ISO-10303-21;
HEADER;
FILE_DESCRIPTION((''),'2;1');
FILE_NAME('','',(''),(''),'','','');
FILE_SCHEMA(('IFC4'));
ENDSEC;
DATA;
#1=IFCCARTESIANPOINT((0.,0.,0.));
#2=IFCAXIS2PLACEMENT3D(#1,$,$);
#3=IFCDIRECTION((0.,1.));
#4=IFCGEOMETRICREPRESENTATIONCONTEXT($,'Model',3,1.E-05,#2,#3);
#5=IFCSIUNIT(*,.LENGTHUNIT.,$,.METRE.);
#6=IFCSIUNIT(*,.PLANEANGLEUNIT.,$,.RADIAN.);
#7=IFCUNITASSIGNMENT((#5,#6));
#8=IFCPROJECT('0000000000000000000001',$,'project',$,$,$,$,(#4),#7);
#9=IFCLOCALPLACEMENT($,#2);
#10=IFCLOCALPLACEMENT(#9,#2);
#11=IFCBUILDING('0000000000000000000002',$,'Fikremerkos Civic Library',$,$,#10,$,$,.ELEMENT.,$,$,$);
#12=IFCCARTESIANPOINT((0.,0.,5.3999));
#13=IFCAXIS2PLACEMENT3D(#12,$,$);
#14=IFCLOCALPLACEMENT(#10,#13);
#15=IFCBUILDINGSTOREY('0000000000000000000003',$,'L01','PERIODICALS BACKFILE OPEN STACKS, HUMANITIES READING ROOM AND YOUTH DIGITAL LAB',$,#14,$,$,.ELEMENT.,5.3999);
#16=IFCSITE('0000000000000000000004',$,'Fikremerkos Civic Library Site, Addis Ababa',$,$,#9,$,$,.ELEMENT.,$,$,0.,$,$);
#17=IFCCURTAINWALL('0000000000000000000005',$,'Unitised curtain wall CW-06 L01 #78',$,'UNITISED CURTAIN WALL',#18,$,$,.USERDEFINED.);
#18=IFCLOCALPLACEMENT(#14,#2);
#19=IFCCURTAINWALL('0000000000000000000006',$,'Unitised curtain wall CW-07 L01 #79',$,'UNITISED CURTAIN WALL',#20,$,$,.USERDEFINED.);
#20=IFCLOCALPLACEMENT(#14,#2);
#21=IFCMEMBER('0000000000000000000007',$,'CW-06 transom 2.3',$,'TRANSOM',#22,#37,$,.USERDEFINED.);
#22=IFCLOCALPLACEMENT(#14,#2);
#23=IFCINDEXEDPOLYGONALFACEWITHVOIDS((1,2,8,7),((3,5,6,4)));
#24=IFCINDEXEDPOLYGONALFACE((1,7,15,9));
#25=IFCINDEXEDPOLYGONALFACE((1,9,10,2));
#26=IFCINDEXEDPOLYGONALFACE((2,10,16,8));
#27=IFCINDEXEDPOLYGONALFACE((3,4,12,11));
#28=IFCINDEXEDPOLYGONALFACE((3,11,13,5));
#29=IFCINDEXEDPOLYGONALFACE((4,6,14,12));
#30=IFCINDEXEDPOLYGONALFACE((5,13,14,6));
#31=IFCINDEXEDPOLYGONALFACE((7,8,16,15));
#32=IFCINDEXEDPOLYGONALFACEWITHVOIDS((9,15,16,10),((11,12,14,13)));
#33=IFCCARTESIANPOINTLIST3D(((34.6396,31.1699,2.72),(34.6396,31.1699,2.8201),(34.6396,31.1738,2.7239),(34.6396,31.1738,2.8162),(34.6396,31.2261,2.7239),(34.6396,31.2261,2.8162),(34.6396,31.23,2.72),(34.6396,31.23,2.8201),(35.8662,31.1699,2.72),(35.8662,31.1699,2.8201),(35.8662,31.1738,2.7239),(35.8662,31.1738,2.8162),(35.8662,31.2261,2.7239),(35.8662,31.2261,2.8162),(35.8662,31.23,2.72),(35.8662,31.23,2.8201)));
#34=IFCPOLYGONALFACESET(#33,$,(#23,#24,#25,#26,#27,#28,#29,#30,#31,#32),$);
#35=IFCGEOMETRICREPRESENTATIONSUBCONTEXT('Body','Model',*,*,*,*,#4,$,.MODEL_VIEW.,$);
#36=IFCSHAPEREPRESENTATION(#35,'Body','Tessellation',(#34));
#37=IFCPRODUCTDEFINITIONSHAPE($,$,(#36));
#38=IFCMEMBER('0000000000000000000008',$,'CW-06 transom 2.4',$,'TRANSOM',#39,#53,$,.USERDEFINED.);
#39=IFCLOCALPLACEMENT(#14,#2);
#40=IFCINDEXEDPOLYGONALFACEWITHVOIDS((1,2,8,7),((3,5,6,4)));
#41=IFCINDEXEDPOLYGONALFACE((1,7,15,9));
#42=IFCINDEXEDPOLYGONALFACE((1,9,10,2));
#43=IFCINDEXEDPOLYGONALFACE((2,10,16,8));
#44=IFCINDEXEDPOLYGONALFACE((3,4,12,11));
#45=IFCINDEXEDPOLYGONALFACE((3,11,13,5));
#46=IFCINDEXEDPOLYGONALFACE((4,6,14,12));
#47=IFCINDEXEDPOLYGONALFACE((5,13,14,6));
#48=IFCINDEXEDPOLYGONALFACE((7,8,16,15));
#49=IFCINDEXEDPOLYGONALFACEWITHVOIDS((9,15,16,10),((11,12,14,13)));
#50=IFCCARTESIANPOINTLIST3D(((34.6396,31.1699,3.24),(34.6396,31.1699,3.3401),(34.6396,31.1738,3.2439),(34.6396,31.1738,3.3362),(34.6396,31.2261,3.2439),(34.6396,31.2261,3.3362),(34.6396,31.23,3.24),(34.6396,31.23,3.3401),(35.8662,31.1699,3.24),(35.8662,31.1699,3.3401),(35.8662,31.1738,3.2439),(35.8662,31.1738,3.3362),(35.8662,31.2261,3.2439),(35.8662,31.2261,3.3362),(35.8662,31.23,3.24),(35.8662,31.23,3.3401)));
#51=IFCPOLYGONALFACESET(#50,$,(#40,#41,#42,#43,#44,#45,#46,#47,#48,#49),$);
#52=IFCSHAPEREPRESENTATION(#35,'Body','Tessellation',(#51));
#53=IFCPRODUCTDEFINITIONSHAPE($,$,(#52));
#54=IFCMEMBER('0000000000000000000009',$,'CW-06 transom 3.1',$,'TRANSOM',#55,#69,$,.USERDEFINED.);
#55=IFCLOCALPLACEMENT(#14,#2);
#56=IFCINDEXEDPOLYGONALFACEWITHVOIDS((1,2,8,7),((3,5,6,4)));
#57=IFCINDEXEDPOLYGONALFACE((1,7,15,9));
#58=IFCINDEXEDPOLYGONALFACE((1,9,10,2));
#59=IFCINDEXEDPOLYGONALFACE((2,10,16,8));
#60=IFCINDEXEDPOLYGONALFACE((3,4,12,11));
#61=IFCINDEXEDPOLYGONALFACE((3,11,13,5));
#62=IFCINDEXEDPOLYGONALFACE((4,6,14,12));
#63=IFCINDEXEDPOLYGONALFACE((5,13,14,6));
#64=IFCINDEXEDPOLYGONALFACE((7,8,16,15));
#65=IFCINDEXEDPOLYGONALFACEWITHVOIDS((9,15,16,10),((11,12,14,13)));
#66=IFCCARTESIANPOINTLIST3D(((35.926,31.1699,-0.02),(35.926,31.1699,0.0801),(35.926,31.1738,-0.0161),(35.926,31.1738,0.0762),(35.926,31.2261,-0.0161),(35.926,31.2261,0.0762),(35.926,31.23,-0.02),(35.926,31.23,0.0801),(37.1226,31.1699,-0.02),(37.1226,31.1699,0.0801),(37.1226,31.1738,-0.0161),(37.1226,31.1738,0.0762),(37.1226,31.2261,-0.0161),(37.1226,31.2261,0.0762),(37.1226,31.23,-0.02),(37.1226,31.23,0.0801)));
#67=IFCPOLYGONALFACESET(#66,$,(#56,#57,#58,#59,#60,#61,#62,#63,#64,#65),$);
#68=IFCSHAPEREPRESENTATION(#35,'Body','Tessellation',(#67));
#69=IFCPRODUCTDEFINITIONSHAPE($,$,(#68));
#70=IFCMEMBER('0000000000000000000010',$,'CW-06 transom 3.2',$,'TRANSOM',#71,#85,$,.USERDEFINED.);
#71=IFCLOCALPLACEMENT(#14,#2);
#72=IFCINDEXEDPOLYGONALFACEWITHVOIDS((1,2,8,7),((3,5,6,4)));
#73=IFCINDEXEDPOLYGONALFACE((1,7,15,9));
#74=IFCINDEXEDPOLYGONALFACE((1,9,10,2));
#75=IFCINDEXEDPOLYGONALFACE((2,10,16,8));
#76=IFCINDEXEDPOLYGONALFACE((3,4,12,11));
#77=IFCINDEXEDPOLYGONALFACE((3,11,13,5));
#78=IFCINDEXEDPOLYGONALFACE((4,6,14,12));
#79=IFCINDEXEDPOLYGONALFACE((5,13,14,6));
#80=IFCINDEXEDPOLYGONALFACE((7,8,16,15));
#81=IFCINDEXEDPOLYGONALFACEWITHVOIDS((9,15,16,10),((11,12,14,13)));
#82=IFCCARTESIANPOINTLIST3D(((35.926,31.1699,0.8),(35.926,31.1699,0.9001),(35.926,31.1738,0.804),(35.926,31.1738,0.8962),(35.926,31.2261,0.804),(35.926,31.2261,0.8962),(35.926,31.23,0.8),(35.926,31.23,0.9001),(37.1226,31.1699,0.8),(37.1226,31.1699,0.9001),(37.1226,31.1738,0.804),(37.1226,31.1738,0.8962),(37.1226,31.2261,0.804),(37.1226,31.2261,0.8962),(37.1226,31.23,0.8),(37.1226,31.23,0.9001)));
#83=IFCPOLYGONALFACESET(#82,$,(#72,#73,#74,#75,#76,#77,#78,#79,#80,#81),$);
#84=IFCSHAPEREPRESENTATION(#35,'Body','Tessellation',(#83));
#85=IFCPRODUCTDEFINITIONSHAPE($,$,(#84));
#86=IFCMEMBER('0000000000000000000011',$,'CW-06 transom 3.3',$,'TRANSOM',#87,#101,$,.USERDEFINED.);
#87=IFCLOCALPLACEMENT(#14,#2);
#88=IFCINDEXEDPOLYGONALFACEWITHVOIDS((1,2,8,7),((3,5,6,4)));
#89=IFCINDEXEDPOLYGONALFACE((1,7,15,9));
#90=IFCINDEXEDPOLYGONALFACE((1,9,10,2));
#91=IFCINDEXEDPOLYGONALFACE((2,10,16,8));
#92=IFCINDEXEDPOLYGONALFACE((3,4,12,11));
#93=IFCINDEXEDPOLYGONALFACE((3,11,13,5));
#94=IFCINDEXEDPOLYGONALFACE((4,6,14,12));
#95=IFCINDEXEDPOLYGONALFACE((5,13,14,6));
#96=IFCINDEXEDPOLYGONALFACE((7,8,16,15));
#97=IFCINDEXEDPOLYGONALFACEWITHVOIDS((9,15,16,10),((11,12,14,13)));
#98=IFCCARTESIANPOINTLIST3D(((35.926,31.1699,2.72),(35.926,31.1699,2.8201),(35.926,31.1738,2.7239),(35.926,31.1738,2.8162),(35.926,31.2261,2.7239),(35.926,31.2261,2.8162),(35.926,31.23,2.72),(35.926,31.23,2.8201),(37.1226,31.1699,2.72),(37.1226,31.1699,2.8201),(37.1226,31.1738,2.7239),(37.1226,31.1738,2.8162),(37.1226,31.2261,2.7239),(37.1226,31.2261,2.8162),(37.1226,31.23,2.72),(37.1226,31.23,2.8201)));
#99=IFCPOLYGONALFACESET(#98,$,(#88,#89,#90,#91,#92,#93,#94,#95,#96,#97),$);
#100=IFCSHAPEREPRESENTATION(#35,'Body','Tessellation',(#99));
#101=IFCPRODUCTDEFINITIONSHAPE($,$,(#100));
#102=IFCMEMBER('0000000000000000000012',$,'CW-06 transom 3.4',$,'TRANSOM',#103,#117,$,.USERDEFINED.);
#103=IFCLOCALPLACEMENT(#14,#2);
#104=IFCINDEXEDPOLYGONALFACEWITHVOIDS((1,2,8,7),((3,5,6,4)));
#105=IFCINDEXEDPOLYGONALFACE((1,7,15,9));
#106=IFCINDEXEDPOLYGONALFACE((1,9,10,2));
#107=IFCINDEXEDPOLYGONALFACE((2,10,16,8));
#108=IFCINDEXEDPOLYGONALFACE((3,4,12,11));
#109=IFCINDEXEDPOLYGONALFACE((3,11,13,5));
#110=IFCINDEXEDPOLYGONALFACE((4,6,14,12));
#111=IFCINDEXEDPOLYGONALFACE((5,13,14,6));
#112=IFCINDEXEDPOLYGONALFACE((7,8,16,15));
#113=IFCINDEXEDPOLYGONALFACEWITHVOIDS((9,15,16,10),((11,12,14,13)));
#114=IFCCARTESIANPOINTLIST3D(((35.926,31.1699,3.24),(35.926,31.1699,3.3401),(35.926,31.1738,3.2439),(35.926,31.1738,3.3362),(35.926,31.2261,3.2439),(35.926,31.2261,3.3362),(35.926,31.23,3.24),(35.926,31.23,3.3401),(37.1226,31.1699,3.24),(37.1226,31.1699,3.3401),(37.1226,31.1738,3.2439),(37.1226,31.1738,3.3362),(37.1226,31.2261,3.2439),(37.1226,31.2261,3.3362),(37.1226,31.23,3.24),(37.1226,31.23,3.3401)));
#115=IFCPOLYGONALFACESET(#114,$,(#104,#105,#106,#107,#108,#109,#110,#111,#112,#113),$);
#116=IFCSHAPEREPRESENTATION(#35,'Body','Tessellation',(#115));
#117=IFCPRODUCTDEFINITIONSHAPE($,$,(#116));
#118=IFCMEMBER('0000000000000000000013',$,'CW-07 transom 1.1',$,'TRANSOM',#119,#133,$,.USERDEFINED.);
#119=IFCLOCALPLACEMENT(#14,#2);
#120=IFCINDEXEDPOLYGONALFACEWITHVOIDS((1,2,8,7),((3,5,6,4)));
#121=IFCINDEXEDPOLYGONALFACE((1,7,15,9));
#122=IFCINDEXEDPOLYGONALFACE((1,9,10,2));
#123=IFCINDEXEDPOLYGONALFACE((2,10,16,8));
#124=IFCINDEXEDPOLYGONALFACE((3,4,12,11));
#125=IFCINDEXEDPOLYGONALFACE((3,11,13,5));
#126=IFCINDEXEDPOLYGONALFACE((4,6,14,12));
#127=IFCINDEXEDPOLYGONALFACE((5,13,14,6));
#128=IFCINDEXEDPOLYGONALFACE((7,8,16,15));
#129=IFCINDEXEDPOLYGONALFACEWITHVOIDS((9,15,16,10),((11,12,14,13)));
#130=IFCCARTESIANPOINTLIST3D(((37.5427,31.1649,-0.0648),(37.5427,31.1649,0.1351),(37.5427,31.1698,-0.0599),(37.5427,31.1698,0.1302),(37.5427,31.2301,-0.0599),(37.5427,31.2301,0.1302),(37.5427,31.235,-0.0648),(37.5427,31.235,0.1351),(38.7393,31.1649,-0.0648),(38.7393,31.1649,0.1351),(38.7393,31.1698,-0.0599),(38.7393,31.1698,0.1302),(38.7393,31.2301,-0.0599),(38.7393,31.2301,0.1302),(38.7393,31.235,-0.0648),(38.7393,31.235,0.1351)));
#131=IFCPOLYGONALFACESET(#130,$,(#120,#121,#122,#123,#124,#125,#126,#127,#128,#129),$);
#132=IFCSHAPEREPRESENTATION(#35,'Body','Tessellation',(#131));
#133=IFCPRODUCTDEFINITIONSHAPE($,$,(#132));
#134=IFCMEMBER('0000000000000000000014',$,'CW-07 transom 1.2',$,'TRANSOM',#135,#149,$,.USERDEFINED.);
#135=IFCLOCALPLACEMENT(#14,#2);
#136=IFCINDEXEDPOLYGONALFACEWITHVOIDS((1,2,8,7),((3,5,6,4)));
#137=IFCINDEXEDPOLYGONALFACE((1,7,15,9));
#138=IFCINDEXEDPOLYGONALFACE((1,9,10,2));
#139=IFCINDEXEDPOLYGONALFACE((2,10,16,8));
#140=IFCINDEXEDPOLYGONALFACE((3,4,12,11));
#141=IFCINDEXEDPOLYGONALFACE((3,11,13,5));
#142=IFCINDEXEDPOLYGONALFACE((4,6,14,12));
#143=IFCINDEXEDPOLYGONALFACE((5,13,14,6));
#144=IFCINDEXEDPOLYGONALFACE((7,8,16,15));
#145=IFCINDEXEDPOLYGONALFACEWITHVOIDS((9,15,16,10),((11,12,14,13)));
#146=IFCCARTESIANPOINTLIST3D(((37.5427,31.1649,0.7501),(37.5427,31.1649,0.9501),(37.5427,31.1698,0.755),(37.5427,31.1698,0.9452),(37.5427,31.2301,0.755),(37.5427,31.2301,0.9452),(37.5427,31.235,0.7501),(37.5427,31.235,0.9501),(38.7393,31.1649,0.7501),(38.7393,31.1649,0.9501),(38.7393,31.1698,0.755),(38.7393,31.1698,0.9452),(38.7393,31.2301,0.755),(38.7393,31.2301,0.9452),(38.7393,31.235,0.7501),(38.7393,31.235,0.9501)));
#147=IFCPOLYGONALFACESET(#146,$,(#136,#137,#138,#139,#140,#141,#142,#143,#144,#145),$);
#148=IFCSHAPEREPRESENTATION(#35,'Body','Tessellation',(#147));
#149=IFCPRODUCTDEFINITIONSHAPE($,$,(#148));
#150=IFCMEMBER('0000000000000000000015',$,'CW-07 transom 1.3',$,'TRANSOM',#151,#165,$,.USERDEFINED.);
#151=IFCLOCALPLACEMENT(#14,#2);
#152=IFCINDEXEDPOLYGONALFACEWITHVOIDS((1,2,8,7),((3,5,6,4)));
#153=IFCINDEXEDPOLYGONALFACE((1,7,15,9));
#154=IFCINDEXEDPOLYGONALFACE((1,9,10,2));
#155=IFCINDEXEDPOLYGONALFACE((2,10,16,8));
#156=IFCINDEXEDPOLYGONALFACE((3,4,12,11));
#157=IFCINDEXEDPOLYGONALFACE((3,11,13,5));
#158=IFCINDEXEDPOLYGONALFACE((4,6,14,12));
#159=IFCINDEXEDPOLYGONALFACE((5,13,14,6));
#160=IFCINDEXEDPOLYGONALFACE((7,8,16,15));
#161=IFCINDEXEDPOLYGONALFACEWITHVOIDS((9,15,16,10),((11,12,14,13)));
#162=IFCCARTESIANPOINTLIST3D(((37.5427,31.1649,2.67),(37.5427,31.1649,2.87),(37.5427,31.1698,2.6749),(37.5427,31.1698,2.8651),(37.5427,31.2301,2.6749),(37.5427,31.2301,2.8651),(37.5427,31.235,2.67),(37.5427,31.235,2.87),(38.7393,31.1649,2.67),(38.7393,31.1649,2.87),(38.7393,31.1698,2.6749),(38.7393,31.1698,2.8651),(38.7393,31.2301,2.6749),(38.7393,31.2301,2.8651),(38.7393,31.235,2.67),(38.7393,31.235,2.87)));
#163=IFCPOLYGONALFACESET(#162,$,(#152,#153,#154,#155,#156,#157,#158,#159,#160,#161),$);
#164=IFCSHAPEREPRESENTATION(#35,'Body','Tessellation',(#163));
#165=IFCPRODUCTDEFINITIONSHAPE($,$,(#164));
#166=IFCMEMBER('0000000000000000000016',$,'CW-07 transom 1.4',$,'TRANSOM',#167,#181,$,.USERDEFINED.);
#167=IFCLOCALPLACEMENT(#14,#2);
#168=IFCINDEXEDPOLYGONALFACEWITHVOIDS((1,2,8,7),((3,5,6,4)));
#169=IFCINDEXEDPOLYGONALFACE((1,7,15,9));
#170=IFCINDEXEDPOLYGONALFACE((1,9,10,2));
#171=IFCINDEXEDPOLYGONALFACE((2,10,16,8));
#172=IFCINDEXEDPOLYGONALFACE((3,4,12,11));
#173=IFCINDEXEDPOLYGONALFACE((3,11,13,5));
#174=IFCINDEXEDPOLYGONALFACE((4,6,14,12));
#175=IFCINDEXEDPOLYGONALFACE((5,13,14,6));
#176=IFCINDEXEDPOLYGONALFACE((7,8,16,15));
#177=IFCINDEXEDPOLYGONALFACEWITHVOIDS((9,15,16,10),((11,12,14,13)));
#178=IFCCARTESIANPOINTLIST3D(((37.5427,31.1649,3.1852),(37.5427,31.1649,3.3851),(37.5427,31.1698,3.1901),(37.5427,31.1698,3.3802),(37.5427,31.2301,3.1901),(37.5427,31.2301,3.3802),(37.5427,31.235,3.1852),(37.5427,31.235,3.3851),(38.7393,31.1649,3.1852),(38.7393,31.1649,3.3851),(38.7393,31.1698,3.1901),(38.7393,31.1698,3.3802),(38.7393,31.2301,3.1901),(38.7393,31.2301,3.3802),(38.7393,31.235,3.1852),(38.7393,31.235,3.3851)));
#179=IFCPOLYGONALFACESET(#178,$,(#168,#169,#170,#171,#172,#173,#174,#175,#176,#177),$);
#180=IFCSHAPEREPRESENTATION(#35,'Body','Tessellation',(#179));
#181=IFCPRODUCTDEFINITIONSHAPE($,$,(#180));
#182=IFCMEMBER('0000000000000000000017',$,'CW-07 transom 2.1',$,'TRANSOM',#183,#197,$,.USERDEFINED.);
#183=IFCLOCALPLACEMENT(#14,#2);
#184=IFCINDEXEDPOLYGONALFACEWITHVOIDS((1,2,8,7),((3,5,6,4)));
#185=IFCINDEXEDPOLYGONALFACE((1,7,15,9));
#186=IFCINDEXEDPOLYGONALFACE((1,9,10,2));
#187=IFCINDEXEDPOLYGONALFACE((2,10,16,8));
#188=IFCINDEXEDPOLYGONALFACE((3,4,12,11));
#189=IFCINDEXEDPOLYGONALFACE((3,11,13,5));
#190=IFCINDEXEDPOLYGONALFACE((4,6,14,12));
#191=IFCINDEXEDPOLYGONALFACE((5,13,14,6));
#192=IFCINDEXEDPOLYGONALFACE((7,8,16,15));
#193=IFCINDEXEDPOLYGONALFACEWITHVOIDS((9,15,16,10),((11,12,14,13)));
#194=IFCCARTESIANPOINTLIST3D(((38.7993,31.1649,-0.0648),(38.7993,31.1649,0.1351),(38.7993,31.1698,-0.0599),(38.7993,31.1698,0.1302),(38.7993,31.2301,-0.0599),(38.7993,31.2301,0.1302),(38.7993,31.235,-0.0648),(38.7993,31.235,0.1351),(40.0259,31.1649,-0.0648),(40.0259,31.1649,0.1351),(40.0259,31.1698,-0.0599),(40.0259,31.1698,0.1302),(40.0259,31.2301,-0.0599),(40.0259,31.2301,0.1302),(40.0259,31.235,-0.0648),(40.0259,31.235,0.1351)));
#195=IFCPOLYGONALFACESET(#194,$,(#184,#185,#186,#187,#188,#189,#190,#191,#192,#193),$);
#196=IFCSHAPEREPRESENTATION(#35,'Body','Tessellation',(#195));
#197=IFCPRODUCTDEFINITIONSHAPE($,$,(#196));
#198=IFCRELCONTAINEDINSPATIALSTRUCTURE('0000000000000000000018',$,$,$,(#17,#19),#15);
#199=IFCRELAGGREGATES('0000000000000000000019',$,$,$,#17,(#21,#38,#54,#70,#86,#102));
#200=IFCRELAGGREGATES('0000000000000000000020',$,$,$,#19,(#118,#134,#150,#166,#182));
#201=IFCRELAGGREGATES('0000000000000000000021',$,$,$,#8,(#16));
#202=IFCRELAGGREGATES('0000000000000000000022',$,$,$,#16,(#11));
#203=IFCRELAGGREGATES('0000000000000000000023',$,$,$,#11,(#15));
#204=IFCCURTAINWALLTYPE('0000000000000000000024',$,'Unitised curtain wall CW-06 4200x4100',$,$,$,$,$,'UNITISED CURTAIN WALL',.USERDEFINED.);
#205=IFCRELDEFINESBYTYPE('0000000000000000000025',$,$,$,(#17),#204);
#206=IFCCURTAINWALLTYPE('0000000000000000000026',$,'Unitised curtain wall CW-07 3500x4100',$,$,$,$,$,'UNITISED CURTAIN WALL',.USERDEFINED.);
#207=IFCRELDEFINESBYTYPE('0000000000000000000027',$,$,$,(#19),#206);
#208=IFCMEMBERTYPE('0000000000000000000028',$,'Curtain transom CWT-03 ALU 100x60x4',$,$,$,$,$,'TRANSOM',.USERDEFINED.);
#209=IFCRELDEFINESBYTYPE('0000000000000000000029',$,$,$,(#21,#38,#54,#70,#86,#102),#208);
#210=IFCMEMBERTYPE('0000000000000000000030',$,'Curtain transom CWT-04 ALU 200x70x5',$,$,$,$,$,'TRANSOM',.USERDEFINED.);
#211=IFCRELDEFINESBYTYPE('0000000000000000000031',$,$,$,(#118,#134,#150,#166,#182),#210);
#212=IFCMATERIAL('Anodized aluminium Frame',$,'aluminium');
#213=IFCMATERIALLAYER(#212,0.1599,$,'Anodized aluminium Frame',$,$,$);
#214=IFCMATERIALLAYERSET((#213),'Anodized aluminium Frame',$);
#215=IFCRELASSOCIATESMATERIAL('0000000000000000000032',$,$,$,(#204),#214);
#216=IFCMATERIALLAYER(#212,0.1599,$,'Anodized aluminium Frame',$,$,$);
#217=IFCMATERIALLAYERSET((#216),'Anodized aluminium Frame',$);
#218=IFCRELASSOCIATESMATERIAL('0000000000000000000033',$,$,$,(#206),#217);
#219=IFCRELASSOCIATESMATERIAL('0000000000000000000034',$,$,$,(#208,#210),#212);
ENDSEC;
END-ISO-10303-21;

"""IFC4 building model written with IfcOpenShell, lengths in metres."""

from ifc_helpers import new_model, si_unit, direction, frame, origin, origin_2d, place, context, subcontext, project, spatial, hollow_rectangle, extrude, material, layer, layer_set, material_profile, profile_set, type_object, element, aggregate, save


model = new_model("IFC4")

# Units and contexts
model_context = context("Model", 3, precision=1e-05, world=origin(), true_north=direction((0.0, 1.0)))
body_context = subcontext(model_context, "Body", "Model", "MODEL_VIEW")
ifc_project = project(units=[si_unit("LENGTHUNIT", "METRE"), si_unit("PLANEANGLEUNIT", "RADIAN")], contexts=[model_context])

# Site, building, storey
site_placement = place(None, origin())
site = spatial("IfcSite", under=ifc_project, at=site_placement, Name="Fikremerkos Civic Library Site, Addis Ababa", CompositionType="ELEMENT", RefElevation=0.0)
building_placement = place(site_placement, origin())
building = spatial("IfcBuilding", under=site, at=building_placement, Name="Fikremerkos Civic Library", CompositionType="ELEMENT")
storey_placement = place(building_placement, frame((0.0, 0.0, 5.3999)))
storey = spatial("IfcBuildingStorey", under=building, at=storey_placement, Name="L01", Description="PERIODICALS BACKFILE OPEN STACKS, HUMANITIES READING ROOM AND YOUTH DIGITAL LAB", CompositionType="ELEMENT", Elevation=5.3999)

# Curtain walls
ifc_material_1 = material(Name="Anodized aluminium Frame", Category="aluminium")
ifc_layer_1 = layer(ifc_material_1, 0.1599, Name="Anodized aluminium Frame")
ifc_layer_set_1 = layer_set([ifc_layer_1], Name="Anodized aluminium Frame")
curtain_wall_type_1 = type_object("IfcCurtainWallType", Name="Unitised curtain wall CW-06 4200x4100", ElementType="UNITISED CURTAIN WALL", PredefinedType="USERDEFINED", material=ifc_layer_set_1)
curtain_wall_1_placement = place(storey_placement, origin())
curtain_wall_1 = element("IfcCurtainWall", 1, at=curtain_wall_1_placement, inside=storey, type_object=curtain_wall_type_1, Name="Unitised curtain wall CW-06 L01 #78", ObjectType="UNITISED CURTAIN WALL", PredefinedType="USERDEFINED")
ifc_layer_2 = layer(ifc_material_1, 0.1599, Name="Anodized aluminium Frame")
ifc_layer_set_2 = layer_set([ifc_layer_2], Name="Anodized aluminium Frame")
curtain_wall_type_2 = type_object("IfcCurtainWallType", Name="Unitised curtain wall CW-07 3500x4100", ElementType="UNITISED CURTAIN WALL", PredefinedType="USERDEFINED", material=ifc_layer_set_2)
curtain_wall_2_placement = place(storey_placement, origin())
curtain_wall_2 = element("IfcCurtainWall", 2, at=curtain_wall_2_placement, inside=storey, type_object=curtain_wall_type_2, Name="Unitised curtain wall CW-07 L01 #79", ObjectType="UNITISED CURTAIN WALL", PredefinedType="USERDEFINED")

# Members
ifc_material_profile_1 = material_profile(ifc_material_1, hollow_rectangle(XDim=0.0601, YDim=0.1001, WallThickness=0.0039, at=origin_2d()), Name="ALU 100x60x4")
ifc_profile_set_1 = profile_set([ifc_material_profile_1], Name="Anodized aluminium Frame")
member_type_1 = type_object("IfcMemberType", Name="Curtain transom CWT-03 ALU 100x60x4", ElementType="TRANSOM", PredefinedType="USERDEFINED", material=ifc_profile_set_1)
member_1_placement = place(storey_placement, frame((34.6396, 31.2, 2.77), z_axis=(1.0, 0.0, 0.0), x_axis=(0.0, 1.0, 0.0)))
member_1 = element("IfcMember", 3, at=member_1_placement, type_object=member_type_1, Name="CW-06 transom 2.3", ObjectType="TRANSOM", PredefinedType="USERDEFINED", context=body_context, shape_type="SweptSolid", body=[
    extrude(hollow_rectangle(XDim=0.0601, YDim=0.1001, WallThickness=0.0039, at=origin_2d()), origin(), (0.0, 0.0, 1.0), 1.2266),
])
member_2_placement = place(storey_placement, frame((34.6396, 31.2, 3.29), z_axis=(1.0, 0.0, 0.0), x_axis=(0.0, 1.0, 0.0)))
member_2 = element("IfcMember", 4, at=member_2_placement, type_object=member_type_1, Name="CW-06 transom 2.4", ObjectType="TRANSOM", PredefinedType="USERDEFINED", context=body_context, shape_type="SweptSolid", body=[
    extrude(hollow_rectangle(XDim=0.0601, YDim=0.1001, WallThickness=0.0039, at=origin_2d()), origin(), (0.0, 0.0, 1.0), 1.2266),
])
member_3_placement = place(storey_placement, frame((35.926, 31.2, 0.03), z_axis=(1.0, 0.0, 0.0), x_axis=(0.0, 1.0, 0.0)))
member_3 = element("IfcMember", 5, at=member_3_placement, type_object=member_type_1, Name="CW-06 transom 3.1", ObjectType="TRANSOM", PredefinedType="USERDEFINED", context=body_context, shape_type="SweptSolid", body=[
    extrude(hollow_rectangle(XDim=0.0601, YDim=0.1001, WallThickness=0.0039, at=origin_2d()), origin(), (0.0, 0.0, 1.0), 1.1965),
])
member_4_placement = place(storey_placement, frame((35.926, 31.2, 0.8501), z_axis=(1.0, 0.0, 0.0), x_axis=(0.0, 1.0, 0.0)))
member_4 = element("IfcMember", 6, at=member_4_placement, type_object=member_type_1, Name="CW-06 transom 3.2", ObjectType="TRANSOM", PredefinedType="USERDEFINED", context=body_context, shape_type="SweptSolid", body=[
    extrude(hollow_rectangle(XDim=0.0601, YDim=0.1001, WallThickness=0.0039, at=origin_2d()), origin(), (0.0, 0.0, 1.0), 1.1965),
])
member_5_placement = place(storey_placement, frame((35.926, 31.2, 2.77), z_axis=(1.0, 0.0, 0.0), x_axis=(0.0, 1.0, 0.0)))
member_5 = element("IfcMember", 7, at=member_5_placement, type_object=member_type_1, Name="CW-06 transom 3.3", ObjectType="TRANSOM", PredefinedType="USERDEFINED", context=body_context, shape_type="SweptSolid", body=[
    extrude(hollow_rectangle(XDim=0.0601, YDim=0.1001, WallThickness=0.0039, at=origin_2d()), origin(), (0.0, 0.0, 1.0), 1.1965),
])
member_6_placement = place(storey_placement, frame((35.926, 31.2, 3.29), z_axis=(1.0, 0.0, 0.0), x_axis=(0.0, 1.0, 0.0)))
member_6 = element("IfcMember", 8, at=member_6_placement, type_object=member_type_1, Name="CW-06 transom 3.4", ObjectType="TRANSOM", PredefinedType="USERDEFINED", context=body_context, shape_type="SweptSolid", body=[
    extrude(hollow_rectangle(XDim=0.0601, YDim=0.1001, WallThickness=0.0039, at=origin_2d()), origin(), (0.0, 0.0, 1.0), 1.1965),
])
ifc_material_profile_2 = material_profile(ifc_material_1, hollow_rectangle(XDim=0.0701, YDim=0.2, WallThickness=0.0049, at=origin_2d()), Name="ALU 200x70x5")
ifc_profile_set_2 = profile_set([ifc_material_profile_2], Name="Anodized aluminium Frame")
member_type_2 = type_object("IfcMemberType", Name="Curtain transom CWT-04 ALU 200x70x5", ElementType="TRANSOM", PredefinedType="USERDEFINED", material=ifc_profile_set_2)
member_7_placement = place(storey_placement, frame((37.5427, 31.2, 0.0352), z_axis=(1.0, 0.0, 0.0), x_axis=(0.0, 1.0, 0.0)))
member_7 = element("IfcMember", 9, at=member_7_placement, type_object=member_type_2, Name="CW-07 transom 1.1", ObjectType="TRANSOM", PredefinedType="USERDEFINED", context=body_context, shape_type="SweptSolid", body=[
    extrude(hollow_rectangle(XDim=0.0701, YDim=0.2, WallThickness=0.0049, at=origin_2d()), origin(), (0.0, 0.0, 1.0), 1.1965),
])
member_8_placement = place(storey_placement, frame((37.5427, 31.2, 0.8501), z_axis=(1.0, 0.0, 0.0), x_axis=(0.0, 1.0, 0.0)))
member_8 = element("IfcMember", 10, at=member_8_placement, type_object=member_type_2, Name="CW-07 transom 1.2", ObjectType="TRANSOM", PredefinedType="USERDEFINED", context=body_context, shape_type="SweptSolid", body=[
    extrude(hollow_rectangle(XDim=0.0701, YDim=0.2, WallThickness=0.0049, at=origin_2d()), origin(), (0.0, 0.0, 1.0), 1.1965),
])
member_9_placement = place(storey_placement, frame((37.5427, 31.2, 2.77), z_axis=(1.0, 0.0, 0.0), x_axis=(0.0, 1.0, 0.0)))
member_9 = element("IfcMember", 11, at=member_9_placement, type_object=member_type_2, Name="CW-07 transom 1.3", ObjectType="TRANSOM", PredefinedType="USERDEFINED", context=body_context, shape_type="SweptSolid", body=[
    extrude(hollow_rectangle(XDim=0.0701, YDim=0.2, WallThickness=0.0049, at=origin_2d()), origin(), (0.0, 0.0, 1.0), 1.1965),
])
member_10_placement = place(storey_placement, frame((37.5427, 31.2, 3.2852), z_axis=(1.0, 0.0, 0.0), x_axis=(0.0, 1.0, 0.0)))
member_10 = element("IfcMember", 12, at=member_10_placement, type_object=member_type_2, Name="CW-07 transom 1.4", ObjectType="TRANSOM", PredefinedType="USERDEFINED", context=body_context, shape_type="SweptSolid", body=[
    extrude(hollow_rectangle(XDim=0.0701, YDim=0.2, WallThickness=0.0049, at=origin_2d()), origin(), (0.0, 0.0, 1.0), 1.1965),
])
member_11_placement = place(storey_placement, frame((38.7993, 31.2, 0.0352), z_axis=(1.0, 0.0, 0.0), x_axis=(0.0, 1.0, 0.0)))
member_11 = element("IfcMember", 13, at=member_11_placement, type_object=member_type_2, Name="CW-07 transom 2.1", ObjectType="TRANSOM", PredefinedType="USERDEFINED", context=body_context, shape_type="SweptSolid", body=[
    extrude(hollow_rectangle(XDim=0.0701, YDim=0.2, WallThickness=0.0049, at=origin_2d()), origin(), (0.0, 0.0, 1.0), 1.2266),
])

aggregate(curtain_wall_1, [member_1, member_2, member_3, member_4, member_5, member_6])
aggregate(curtain_wall_2, [member_7, member_8, member_9, member_10, member_11])

save(model, "model.ifc")
